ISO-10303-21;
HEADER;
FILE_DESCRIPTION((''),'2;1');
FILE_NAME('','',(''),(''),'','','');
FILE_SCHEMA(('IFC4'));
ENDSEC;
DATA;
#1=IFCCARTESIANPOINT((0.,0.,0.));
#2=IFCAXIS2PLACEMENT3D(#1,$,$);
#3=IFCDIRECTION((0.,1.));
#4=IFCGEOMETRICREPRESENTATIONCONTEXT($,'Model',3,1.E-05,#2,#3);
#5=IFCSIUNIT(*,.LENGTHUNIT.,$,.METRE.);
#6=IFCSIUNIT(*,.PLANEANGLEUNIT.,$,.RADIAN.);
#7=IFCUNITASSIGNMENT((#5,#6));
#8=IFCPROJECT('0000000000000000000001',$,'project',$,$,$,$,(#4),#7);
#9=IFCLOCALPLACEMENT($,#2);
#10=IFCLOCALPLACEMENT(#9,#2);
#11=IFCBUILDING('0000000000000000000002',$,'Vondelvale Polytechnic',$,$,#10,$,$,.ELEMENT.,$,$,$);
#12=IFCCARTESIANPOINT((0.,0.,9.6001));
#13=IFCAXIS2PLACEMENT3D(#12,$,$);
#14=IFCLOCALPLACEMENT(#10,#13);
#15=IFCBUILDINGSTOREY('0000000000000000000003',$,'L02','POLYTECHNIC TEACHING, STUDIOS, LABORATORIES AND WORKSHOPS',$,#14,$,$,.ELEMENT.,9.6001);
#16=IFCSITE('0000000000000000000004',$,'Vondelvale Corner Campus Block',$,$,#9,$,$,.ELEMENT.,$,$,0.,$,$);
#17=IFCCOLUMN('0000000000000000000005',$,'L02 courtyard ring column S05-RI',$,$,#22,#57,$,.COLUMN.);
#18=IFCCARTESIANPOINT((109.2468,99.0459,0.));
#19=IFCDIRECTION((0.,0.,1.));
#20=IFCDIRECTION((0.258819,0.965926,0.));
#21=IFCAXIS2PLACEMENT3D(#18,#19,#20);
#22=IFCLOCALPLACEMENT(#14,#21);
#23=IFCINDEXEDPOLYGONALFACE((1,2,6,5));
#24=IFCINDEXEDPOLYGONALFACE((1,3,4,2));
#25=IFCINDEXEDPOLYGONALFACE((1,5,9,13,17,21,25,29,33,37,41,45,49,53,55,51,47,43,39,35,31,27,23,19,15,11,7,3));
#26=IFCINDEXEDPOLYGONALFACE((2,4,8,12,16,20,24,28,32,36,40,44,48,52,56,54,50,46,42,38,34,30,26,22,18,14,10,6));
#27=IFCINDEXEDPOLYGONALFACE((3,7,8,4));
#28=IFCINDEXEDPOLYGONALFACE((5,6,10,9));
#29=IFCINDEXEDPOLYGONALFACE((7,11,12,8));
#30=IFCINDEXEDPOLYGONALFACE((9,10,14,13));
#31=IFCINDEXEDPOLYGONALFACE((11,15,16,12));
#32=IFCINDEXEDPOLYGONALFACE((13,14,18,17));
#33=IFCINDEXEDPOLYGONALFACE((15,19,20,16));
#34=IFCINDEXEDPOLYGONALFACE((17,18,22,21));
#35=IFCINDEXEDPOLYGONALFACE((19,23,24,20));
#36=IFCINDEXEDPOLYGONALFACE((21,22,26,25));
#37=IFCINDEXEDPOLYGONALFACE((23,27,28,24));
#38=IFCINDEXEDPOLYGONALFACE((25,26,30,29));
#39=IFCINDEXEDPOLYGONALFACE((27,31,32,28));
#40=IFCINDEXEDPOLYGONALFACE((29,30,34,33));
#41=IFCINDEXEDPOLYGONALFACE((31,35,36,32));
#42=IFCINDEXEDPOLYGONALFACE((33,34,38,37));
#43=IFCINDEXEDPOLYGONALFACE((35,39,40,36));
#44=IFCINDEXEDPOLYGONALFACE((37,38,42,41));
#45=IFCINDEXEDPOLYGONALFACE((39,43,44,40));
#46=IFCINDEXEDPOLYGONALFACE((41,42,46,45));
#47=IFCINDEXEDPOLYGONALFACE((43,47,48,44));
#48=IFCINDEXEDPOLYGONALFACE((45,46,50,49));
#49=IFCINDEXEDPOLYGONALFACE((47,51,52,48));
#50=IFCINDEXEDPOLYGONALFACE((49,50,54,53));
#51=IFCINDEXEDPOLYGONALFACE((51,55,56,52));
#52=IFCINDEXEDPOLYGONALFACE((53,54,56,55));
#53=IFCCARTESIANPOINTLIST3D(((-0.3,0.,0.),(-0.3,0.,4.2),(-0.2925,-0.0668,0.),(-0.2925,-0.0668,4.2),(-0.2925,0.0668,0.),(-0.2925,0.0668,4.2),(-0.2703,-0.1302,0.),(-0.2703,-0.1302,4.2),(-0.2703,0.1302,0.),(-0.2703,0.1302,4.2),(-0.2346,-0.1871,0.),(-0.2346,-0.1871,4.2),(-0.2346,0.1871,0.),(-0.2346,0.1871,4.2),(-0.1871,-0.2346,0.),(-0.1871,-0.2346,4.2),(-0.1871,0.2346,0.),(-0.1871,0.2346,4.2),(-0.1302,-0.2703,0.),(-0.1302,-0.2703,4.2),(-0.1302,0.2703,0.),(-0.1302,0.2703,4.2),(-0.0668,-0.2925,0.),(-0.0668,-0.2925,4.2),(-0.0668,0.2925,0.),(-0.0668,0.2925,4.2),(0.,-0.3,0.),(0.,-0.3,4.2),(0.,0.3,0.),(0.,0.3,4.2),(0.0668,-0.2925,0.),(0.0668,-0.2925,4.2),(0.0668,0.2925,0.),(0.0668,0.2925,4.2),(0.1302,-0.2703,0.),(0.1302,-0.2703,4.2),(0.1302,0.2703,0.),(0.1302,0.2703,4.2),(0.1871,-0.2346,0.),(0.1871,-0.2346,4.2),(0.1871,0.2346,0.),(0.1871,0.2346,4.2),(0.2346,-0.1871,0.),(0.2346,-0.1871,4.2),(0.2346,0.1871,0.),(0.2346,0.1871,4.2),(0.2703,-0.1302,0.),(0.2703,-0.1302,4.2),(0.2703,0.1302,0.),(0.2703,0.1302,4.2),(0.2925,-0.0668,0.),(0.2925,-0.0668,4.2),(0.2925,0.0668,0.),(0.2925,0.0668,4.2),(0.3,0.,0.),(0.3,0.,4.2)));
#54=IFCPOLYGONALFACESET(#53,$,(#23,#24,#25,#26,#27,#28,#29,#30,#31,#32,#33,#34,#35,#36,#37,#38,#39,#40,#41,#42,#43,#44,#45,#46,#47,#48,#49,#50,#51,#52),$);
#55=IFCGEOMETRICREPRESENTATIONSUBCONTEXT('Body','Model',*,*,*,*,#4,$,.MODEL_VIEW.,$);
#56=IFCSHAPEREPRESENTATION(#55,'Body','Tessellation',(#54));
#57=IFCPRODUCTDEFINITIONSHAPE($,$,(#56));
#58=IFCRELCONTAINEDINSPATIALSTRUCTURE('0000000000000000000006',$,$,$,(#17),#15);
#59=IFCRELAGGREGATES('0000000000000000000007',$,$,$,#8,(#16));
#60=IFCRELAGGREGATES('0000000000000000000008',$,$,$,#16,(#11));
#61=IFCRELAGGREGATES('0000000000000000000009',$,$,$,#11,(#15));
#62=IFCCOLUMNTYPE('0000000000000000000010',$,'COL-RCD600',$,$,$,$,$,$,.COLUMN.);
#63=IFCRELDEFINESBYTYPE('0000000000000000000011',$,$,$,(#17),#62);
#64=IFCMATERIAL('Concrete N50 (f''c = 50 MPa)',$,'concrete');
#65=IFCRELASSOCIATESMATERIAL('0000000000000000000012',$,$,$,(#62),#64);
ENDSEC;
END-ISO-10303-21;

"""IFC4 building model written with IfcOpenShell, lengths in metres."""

from ifc_helpers import new_model, si_unit, direction, frame, origin, origin_2d, place, context, subcontext, project, spatial, circle, extrude, material, material_profile, profile_set, type_object, element, save


model = new_model("IFC4")

# Units and contexts
model_context = context("Model", 3, precision=1e-05, world=origin(), true_north=direction((0.0, 1.0)))
body_context = subcontext(model_context, "Body", "Model", "MODEL_VIEW")
ifc_project = project(units=[si_unit("LENGTHUNIT", "METRE"), si_unit("PLANEANGLEUNIT", "RADIAN")], contexts=[model_context])

# Site, building, storey
site_placement = place(None, origin())
site = spatial("IfcSite", under=ifc_project, at=site_placement, Name="Vondelvale Corner Campus Block", CompositionType="ELEMENT", RefElevation=0.0)
building_placement = place(site_placement, origin())
building = spatial("IfcBuilding", under=site, at=building_placement, Name="Vondelvale Polytechnic", CompositionType="ELEMENT")
storey_placement = place(building_placement, frame((0.0, 0.0, 9.6001)))
storey = spatial("IfcBuildingStorey", under=building, at=storey_placement, Name="L02", Description="POLYTECHNIC TEACHING, STUDIOS, LABORATORIES AND WORKSHOPS", CompositionType="ELEMENT", Elevation=9.6001)

# Column
ifc_material_1 = material(Name="Concrete N50 (f'c = 50 MPa)", Category="concrete")
ifc_material_profile_1 = material_profile(ifc_material_1, circle(Radius=0.3, at=origin_2d()), Name="RC-COL-D600")
ifc_profile_set_1 = profile_set([ifc_material_profile_1], Name="Concrete N50 (f'c = 50 MPa)")
column_type = type_object("IfcColumnType", Name="COL-RCD600", PredefinedType="COLUMN", material=ifc_profile_set_1)
column_placement = place(storey_placement, frame((109.2468, 99.0459, 0.0), z_axis=(0.0, 0.0, 1.0), x_axis=(0.258819, 0.965926, 0.0)))
element("IfcColumn", 1, at=column_placement, inside=storey, type_object=column_type, Name="L02 courtyard ring column S05-RI", PredefinedType="COLUMN", context=body_context, shape_type="SweptSolid", body=[
    extrude(circle(Radius=0.3, at=origin_2d()), origin(), (0.0, 0.0, 1.0), 4.2),
])

save(model, "model.ifc")
